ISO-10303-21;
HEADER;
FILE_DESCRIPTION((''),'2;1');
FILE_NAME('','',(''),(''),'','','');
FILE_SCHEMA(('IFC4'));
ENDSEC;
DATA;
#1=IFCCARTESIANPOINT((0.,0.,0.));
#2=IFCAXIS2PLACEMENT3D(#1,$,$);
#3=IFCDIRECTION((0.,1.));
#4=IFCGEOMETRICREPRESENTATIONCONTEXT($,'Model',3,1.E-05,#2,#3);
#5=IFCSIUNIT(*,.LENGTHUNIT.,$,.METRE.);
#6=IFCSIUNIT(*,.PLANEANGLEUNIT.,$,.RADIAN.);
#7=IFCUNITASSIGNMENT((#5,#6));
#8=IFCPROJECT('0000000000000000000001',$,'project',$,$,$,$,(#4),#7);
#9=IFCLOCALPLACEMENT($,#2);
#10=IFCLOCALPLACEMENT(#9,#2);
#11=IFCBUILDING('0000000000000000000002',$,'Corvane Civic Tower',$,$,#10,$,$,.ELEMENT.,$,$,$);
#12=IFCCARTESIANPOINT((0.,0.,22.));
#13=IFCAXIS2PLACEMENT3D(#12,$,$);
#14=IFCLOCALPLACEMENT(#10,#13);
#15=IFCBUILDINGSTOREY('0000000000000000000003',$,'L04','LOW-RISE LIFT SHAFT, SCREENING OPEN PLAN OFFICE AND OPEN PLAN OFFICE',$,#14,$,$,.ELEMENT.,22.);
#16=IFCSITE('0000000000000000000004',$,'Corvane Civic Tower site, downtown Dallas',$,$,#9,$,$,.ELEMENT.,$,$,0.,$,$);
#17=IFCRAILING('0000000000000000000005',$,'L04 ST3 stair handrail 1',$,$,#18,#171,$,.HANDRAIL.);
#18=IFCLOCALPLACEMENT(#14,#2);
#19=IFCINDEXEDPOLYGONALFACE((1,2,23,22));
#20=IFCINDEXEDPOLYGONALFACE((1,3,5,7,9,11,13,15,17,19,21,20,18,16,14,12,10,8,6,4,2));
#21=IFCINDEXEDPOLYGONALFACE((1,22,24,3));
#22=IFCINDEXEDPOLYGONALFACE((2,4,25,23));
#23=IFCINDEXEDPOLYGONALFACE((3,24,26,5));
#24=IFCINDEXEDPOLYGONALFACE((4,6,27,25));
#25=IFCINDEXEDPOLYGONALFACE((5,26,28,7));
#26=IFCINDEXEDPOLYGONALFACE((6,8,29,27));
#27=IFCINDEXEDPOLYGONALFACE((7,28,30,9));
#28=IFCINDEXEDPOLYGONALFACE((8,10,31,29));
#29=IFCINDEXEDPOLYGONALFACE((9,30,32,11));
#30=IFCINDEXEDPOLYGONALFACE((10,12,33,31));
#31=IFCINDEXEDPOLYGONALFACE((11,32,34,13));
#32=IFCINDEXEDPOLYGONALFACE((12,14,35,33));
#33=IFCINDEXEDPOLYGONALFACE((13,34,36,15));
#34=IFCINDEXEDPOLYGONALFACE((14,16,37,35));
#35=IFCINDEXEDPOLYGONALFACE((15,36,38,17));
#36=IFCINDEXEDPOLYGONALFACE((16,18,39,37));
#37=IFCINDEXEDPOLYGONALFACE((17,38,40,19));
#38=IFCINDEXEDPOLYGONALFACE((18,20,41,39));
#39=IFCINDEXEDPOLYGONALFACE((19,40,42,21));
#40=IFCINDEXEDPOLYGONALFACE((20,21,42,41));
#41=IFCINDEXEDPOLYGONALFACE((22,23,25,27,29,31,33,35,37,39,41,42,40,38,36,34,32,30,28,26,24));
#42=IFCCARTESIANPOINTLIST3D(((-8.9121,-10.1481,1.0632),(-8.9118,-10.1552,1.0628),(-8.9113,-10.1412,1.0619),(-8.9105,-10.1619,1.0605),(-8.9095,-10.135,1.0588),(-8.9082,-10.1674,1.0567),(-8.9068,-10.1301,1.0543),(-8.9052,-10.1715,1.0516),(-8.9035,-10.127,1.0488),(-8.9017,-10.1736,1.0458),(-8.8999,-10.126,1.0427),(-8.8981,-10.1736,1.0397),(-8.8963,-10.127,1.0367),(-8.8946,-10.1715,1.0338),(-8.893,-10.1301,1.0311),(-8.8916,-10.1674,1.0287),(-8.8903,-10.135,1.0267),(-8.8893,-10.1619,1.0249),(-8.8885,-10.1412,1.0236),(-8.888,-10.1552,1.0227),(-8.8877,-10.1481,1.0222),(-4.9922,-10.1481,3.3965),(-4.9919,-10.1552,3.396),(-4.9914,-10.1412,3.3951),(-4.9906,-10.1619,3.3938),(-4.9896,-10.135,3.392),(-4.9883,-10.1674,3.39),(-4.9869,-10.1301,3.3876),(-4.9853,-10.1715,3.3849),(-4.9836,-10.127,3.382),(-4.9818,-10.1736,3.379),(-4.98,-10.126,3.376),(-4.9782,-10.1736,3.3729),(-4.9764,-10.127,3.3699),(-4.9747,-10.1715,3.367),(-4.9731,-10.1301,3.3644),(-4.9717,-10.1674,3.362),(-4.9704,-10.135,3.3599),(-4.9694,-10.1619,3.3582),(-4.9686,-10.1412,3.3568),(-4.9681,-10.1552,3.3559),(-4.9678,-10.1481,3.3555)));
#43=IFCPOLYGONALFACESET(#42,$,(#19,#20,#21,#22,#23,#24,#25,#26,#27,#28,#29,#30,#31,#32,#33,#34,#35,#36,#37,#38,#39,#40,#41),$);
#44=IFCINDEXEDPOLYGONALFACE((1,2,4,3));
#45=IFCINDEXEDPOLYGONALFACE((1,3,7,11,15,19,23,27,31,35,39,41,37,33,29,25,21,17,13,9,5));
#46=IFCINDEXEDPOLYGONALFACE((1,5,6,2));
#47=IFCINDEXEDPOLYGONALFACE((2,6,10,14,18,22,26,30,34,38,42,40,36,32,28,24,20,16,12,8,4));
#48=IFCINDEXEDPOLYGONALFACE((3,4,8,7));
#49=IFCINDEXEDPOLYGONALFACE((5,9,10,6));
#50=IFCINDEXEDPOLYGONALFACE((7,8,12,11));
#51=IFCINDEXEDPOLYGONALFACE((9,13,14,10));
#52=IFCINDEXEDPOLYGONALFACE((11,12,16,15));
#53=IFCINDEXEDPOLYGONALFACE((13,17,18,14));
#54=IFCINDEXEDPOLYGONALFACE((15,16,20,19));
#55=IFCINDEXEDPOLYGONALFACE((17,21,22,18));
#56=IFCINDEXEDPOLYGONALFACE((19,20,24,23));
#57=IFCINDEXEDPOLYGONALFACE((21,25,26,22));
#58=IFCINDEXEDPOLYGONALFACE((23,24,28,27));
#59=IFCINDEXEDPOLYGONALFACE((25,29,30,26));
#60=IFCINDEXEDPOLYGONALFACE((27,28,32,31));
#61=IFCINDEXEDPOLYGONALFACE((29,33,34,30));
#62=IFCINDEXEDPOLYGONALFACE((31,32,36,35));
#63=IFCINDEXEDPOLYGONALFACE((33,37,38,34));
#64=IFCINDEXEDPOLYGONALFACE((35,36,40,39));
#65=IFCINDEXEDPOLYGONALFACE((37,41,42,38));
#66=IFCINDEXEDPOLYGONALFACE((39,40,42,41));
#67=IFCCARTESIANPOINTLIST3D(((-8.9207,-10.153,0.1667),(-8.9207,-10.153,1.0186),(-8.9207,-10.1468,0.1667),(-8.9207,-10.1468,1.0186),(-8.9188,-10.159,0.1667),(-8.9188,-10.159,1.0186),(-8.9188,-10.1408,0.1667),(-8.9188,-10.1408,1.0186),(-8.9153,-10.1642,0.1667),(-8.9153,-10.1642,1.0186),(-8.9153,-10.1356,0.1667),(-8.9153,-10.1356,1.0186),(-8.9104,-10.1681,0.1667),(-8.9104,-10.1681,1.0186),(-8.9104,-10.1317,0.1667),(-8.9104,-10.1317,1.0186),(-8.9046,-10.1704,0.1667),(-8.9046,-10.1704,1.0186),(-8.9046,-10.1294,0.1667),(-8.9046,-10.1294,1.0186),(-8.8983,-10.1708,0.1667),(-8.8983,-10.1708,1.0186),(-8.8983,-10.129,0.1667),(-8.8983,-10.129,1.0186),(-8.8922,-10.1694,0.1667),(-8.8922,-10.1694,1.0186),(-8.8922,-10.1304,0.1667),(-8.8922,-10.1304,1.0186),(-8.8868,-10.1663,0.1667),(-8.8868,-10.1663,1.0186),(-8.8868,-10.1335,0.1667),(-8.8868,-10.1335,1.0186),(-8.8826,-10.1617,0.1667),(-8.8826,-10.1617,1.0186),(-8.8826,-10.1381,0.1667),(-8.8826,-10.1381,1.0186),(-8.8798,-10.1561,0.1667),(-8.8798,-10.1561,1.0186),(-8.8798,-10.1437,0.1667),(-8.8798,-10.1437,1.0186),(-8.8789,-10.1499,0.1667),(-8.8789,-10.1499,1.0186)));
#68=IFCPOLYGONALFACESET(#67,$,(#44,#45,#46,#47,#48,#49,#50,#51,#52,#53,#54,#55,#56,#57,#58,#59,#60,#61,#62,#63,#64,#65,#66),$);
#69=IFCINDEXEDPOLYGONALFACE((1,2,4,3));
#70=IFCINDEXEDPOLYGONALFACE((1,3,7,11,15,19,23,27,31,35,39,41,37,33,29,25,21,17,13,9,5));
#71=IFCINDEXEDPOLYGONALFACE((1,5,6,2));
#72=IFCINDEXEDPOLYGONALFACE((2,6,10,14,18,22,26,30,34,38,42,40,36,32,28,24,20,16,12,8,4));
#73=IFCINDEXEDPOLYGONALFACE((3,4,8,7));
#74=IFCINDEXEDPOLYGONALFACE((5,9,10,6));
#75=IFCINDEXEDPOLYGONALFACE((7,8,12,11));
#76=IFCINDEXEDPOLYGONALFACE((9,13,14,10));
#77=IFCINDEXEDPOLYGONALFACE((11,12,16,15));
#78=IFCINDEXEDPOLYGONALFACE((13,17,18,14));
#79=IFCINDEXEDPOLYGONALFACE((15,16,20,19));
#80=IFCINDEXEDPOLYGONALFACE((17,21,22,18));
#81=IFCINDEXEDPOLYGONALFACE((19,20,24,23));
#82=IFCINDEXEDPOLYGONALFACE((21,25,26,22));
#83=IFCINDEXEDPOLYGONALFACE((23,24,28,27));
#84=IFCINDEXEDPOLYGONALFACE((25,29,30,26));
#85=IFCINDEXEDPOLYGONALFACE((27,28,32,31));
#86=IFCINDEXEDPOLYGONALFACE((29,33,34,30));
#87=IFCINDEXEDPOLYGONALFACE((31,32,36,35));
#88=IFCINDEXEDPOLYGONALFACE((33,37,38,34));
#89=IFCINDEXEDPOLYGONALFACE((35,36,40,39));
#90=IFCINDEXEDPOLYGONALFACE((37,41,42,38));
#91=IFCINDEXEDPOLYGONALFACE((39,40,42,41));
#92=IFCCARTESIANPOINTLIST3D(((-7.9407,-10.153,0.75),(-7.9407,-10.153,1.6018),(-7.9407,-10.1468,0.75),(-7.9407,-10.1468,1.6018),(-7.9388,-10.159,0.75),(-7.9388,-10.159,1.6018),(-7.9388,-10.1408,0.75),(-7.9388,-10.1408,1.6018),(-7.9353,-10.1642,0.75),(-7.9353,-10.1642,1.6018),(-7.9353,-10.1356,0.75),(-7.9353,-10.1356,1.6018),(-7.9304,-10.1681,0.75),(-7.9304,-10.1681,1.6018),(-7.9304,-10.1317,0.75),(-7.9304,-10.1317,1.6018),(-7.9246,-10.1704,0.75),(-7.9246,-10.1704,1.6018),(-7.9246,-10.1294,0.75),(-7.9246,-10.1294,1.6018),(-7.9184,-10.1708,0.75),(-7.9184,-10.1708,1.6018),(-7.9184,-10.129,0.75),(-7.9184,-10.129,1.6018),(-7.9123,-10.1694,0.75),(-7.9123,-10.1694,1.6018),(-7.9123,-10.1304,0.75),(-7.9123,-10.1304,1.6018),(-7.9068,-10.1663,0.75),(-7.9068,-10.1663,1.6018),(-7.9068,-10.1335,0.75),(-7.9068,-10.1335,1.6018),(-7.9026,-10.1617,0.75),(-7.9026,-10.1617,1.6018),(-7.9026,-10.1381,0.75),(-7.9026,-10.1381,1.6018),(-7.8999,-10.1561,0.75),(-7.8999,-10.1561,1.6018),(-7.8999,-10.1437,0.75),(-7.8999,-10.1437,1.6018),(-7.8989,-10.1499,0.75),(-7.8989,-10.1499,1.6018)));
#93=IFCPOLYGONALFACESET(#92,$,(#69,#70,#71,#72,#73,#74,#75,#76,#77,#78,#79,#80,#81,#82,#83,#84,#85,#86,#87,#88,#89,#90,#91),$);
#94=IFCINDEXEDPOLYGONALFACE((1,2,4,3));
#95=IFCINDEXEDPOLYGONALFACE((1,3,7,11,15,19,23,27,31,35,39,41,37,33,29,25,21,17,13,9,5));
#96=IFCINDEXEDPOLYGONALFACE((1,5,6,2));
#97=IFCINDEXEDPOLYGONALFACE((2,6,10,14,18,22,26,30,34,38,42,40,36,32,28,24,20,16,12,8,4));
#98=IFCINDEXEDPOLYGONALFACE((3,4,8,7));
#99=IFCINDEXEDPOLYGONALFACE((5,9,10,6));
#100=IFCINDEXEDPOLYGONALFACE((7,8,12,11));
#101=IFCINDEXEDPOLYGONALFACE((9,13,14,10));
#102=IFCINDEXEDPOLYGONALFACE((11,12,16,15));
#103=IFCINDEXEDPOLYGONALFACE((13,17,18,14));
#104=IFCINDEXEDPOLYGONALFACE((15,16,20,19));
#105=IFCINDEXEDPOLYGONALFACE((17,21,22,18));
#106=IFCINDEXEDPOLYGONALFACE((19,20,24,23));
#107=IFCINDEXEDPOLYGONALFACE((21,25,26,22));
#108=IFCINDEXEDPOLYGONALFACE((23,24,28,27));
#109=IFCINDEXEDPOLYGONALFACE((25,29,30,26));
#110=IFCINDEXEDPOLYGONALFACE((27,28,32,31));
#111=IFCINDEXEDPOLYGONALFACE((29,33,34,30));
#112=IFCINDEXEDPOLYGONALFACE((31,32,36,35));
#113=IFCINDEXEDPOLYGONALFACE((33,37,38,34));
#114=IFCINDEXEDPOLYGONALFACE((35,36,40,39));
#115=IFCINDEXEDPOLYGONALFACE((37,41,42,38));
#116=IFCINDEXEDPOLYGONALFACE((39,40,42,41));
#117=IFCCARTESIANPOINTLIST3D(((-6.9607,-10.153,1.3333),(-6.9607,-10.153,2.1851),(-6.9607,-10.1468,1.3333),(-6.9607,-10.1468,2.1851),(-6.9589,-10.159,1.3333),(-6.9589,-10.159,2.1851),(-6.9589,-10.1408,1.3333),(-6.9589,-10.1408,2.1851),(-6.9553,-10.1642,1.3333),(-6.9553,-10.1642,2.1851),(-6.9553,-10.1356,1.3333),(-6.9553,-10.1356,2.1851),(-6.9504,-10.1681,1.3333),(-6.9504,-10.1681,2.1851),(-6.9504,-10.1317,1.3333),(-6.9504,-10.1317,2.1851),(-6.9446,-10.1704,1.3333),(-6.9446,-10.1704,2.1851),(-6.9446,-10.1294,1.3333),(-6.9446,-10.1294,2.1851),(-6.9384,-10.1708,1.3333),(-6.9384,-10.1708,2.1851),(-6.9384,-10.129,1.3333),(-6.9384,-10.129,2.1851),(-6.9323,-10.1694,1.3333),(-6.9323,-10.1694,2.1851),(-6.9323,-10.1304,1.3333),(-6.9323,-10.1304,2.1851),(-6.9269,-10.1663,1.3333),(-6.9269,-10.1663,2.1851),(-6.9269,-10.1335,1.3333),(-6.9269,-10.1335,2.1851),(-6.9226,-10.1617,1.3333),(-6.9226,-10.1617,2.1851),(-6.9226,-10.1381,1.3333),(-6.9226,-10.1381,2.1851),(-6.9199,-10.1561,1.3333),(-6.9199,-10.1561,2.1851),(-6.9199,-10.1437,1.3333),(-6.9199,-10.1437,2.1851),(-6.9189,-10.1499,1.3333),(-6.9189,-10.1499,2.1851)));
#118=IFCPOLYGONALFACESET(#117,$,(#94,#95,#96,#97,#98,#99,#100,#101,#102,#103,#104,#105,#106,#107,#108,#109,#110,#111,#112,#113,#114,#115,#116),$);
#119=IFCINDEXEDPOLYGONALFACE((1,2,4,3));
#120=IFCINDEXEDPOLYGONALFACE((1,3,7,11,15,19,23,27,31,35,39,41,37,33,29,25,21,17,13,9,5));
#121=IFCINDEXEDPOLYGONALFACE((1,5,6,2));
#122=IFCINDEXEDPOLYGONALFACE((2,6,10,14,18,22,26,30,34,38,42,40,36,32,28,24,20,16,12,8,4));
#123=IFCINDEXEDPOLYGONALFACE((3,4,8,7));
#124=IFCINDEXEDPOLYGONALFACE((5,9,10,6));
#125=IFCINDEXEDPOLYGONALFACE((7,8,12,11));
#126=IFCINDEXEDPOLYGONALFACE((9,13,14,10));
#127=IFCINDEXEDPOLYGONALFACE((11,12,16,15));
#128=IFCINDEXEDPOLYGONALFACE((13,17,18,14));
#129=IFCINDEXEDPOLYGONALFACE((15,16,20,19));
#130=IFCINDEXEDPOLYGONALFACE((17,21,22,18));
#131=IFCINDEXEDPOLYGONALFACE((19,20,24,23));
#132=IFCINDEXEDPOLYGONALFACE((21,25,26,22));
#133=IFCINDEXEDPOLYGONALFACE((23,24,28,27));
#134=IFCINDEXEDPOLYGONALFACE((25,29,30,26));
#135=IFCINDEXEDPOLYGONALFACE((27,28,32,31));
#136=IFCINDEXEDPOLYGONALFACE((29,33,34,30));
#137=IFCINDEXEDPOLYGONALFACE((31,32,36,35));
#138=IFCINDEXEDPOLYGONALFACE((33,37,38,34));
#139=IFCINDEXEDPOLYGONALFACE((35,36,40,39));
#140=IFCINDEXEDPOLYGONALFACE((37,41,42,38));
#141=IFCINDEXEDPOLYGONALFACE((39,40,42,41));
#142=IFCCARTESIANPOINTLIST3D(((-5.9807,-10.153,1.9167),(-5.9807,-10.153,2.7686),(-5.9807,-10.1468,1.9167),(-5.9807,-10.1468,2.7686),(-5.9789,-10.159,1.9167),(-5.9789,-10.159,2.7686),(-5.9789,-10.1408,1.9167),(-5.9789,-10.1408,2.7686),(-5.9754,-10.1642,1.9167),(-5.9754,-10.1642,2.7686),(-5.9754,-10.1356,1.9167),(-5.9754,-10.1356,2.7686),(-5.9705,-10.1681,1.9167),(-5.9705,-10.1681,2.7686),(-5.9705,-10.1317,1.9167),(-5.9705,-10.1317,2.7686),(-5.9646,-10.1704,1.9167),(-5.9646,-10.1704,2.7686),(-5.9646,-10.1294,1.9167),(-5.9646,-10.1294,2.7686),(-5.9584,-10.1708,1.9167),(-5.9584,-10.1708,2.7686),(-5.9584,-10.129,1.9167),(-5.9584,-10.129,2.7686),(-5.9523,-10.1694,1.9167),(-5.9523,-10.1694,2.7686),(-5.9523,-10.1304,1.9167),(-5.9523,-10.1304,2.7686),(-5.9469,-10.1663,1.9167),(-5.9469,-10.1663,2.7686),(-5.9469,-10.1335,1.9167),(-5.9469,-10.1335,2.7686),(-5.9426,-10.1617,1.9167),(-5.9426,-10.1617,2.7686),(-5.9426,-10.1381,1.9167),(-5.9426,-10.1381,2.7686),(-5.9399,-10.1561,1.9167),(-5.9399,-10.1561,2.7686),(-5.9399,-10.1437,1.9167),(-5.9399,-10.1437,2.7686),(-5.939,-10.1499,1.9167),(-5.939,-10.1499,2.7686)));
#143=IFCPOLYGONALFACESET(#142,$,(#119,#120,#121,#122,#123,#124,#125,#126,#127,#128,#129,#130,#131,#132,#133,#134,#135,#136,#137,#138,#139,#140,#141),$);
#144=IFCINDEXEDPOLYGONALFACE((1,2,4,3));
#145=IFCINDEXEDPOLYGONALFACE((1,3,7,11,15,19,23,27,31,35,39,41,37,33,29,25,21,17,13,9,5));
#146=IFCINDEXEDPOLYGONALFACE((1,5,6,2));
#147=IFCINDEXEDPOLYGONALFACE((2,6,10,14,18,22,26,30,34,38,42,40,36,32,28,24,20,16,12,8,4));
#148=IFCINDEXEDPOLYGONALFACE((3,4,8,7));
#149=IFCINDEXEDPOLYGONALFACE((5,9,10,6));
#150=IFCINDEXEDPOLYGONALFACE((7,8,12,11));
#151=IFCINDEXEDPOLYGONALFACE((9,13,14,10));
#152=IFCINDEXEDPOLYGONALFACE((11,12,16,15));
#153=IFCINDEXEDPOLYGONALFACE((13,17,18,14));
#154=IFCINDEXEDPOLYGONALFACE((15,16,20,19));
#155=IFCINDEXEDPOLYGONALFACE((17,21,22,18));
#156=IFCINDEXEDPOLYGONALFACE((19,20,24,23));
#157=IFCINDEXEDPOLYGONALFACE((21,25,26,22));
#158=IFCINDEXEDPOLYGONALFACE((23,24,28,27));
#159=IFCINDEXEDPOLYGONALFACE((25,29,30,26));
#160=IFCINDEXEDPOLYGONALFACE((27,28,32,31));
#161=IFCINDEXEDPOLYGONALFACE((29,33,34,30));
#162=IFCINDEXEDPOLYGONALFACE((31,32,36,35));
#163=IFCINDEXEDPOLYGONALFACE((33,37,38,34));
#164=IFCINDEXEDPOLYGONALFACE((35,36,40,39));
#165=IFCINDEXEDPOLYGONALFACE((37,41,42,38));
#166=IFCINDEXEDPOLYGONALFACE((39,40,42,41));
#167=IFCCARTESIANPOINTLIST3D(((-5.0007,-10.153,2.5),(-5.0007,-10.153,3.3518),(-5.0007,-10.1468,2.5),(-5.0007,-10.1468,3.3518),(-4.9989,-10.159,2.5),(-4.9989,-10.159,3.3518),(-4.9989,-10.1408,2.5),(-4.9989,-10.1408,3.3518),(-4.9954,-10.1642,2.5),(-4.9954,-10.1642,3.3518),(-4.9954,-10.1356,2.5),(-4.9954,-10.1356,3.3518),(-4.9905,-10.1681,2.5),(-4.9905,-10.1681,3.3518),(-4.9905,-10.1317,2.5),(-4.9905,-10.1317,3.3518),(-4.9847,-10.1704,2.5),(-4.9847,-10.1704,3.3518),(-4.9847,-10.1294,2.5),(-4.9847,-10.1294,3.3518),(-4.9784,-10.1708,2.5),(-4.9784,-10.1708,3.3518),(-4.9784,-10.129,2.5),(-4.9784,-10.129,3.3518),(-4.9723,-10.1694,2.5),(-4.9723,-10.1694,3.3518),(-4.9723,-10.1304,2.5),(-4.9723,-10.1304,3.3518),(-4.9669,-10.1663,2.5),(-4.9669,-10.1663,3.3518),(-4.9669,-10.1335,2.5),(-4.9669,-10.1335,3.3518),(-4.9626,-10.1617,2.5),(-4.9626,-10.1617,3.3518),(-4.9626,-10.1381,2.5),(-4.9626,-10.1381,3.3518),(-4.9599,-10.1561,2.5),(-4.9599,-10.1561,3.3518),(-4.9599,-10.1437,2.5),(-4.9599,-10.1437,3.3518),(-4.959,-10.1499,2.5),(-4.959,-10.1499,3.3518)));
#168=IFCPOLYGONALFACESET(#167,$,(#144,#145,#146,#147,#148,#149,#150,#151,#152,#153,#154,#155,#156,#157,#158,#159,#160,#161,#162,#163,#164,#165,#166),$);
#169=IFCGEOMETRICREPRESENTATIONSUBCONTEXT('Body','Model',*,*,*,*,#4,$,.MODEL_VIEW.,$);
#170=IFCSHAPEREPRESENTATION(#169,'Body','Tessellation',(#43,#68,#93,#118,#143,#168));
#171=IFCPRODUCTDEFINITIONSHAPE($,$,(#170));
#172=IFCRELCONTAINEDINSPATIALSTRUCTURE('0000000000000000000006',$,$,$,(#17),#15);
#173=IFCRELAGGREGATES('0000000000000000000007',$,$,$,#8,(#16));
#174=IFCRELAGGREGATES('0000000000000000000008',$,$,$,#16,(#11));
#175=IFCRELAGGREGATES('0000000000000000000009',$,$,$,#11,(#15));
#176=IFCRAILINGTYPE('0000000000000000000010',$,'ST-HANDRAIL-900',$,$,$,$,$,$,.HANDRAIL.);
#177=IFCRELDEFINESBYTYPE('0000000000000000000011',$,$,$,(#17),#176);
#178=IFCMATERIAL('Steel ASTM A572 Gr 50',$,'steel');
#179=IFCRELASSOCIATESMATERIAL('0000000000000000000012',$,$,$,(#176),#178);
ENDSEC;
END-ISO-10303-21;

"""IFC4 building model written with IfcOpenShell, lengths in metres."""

from ifc_helpers import new_model, si_unit, direction, frame, origin, origin_2d, place, context, subcontext, project, spatial, circle, extrude, material, type_object, element, save


model = new_model("IFC4")

# Units and contexts
model_context = context("Model", 3, precision=1e-05, world=origin(), true_north=direction((0.0, 1.0)))
body_context = subcontext(model_context, "Body", "Model", "MODEL_VIEW")
ifc_project = project(units=[si_unit("LENGTHUNIT", "METRE"), si_unit("PLANEANGLEUNIT", "RADIAN")], contexts=[model_context])

# Site, building, storey
site_placement = place(None, origin())
site = spatial("IfcSite", under=ifc_project, at=site_placement, Name="Corvane Civic Tower site, downtown Dallas", CompositionType="ELEMENT", RefElevation=0.0)
building_placement = place(site_placement, origin())
building = spatial("IfcBuilding", under=site, at=building_placement, Name="Corvane Civic Tower", CompositionType="ELEMENT")
storey_placement = place(building_placement, frame((0.0, 0.0, 22.0)))
storey = spatial("IfcBuildingStorey", under=building, at=storey_placement, Name="L04", Description="LOW-RISE LIFT SHAFT, SCREENING OPEN PLAN OFFICE AND OPEN PLAN OFFICE", CompositionType="ELEMENT", Elevation=22.0)

# Railing
ifc_material_1 = material(Name="Steel ASTM A572 Gr 50", Category="steel")
railing_type_1 = type_object("IfcRailingType", Name="ST-HANDRAIL-900", PredefinedType="HANDRAIL", material=ifc_material_1)
railing_1_placement = place(storey_placement, frame((-8.8999, -10.1499, 0.1667)))
element("IfcRailing", 1, at=railing_1_placement, inside=storey, type_object=railing_type_1, Name="L04 ST3 stair handrail 1", PredefinedType="HANDRAIL", context=body_context, shape_type="SweptSolid", body=[
    extrude(circle(Radius=0.0239, at=origin_2d()), frame((0.0, 0.0, 0.876), z_axis=(0.859296, 0.0, 0.511478), x_axis=(0.0, 1.0, 0.0)), (0.0, 0.0, 1.0), 4.5618),
    extrude(circle(Radius=0.021, at=origin_2d()), origin(), (0.0, 0.0, 1.0), 0.8518),
    extrude(circle(Radius=0.021, at=origin_2d()), frame((0.98, 0.0, 0.5833)), (0.0, 0.0, 1.0), 0.8518),
    extrude(circle(Radius=0.021, at=origin_2d()), frame((1.96, 0.0, 1.1665)), (0.0, 0.0, 1.0), 0.8518),
    extrude(circle(Radius=0.021, at=origin_2d()), frame((2.9399, 0.0, 1.75)), (0.0, 0.0, 1.0), 0.8518),
    extrude(circle(Radius=0.021, at=origin_2d()), frame((3.9199, 0.0, 2.3333)), (0.0, 0.0, 1.0), 0.8518),
])

save(model, "model.ifc")
